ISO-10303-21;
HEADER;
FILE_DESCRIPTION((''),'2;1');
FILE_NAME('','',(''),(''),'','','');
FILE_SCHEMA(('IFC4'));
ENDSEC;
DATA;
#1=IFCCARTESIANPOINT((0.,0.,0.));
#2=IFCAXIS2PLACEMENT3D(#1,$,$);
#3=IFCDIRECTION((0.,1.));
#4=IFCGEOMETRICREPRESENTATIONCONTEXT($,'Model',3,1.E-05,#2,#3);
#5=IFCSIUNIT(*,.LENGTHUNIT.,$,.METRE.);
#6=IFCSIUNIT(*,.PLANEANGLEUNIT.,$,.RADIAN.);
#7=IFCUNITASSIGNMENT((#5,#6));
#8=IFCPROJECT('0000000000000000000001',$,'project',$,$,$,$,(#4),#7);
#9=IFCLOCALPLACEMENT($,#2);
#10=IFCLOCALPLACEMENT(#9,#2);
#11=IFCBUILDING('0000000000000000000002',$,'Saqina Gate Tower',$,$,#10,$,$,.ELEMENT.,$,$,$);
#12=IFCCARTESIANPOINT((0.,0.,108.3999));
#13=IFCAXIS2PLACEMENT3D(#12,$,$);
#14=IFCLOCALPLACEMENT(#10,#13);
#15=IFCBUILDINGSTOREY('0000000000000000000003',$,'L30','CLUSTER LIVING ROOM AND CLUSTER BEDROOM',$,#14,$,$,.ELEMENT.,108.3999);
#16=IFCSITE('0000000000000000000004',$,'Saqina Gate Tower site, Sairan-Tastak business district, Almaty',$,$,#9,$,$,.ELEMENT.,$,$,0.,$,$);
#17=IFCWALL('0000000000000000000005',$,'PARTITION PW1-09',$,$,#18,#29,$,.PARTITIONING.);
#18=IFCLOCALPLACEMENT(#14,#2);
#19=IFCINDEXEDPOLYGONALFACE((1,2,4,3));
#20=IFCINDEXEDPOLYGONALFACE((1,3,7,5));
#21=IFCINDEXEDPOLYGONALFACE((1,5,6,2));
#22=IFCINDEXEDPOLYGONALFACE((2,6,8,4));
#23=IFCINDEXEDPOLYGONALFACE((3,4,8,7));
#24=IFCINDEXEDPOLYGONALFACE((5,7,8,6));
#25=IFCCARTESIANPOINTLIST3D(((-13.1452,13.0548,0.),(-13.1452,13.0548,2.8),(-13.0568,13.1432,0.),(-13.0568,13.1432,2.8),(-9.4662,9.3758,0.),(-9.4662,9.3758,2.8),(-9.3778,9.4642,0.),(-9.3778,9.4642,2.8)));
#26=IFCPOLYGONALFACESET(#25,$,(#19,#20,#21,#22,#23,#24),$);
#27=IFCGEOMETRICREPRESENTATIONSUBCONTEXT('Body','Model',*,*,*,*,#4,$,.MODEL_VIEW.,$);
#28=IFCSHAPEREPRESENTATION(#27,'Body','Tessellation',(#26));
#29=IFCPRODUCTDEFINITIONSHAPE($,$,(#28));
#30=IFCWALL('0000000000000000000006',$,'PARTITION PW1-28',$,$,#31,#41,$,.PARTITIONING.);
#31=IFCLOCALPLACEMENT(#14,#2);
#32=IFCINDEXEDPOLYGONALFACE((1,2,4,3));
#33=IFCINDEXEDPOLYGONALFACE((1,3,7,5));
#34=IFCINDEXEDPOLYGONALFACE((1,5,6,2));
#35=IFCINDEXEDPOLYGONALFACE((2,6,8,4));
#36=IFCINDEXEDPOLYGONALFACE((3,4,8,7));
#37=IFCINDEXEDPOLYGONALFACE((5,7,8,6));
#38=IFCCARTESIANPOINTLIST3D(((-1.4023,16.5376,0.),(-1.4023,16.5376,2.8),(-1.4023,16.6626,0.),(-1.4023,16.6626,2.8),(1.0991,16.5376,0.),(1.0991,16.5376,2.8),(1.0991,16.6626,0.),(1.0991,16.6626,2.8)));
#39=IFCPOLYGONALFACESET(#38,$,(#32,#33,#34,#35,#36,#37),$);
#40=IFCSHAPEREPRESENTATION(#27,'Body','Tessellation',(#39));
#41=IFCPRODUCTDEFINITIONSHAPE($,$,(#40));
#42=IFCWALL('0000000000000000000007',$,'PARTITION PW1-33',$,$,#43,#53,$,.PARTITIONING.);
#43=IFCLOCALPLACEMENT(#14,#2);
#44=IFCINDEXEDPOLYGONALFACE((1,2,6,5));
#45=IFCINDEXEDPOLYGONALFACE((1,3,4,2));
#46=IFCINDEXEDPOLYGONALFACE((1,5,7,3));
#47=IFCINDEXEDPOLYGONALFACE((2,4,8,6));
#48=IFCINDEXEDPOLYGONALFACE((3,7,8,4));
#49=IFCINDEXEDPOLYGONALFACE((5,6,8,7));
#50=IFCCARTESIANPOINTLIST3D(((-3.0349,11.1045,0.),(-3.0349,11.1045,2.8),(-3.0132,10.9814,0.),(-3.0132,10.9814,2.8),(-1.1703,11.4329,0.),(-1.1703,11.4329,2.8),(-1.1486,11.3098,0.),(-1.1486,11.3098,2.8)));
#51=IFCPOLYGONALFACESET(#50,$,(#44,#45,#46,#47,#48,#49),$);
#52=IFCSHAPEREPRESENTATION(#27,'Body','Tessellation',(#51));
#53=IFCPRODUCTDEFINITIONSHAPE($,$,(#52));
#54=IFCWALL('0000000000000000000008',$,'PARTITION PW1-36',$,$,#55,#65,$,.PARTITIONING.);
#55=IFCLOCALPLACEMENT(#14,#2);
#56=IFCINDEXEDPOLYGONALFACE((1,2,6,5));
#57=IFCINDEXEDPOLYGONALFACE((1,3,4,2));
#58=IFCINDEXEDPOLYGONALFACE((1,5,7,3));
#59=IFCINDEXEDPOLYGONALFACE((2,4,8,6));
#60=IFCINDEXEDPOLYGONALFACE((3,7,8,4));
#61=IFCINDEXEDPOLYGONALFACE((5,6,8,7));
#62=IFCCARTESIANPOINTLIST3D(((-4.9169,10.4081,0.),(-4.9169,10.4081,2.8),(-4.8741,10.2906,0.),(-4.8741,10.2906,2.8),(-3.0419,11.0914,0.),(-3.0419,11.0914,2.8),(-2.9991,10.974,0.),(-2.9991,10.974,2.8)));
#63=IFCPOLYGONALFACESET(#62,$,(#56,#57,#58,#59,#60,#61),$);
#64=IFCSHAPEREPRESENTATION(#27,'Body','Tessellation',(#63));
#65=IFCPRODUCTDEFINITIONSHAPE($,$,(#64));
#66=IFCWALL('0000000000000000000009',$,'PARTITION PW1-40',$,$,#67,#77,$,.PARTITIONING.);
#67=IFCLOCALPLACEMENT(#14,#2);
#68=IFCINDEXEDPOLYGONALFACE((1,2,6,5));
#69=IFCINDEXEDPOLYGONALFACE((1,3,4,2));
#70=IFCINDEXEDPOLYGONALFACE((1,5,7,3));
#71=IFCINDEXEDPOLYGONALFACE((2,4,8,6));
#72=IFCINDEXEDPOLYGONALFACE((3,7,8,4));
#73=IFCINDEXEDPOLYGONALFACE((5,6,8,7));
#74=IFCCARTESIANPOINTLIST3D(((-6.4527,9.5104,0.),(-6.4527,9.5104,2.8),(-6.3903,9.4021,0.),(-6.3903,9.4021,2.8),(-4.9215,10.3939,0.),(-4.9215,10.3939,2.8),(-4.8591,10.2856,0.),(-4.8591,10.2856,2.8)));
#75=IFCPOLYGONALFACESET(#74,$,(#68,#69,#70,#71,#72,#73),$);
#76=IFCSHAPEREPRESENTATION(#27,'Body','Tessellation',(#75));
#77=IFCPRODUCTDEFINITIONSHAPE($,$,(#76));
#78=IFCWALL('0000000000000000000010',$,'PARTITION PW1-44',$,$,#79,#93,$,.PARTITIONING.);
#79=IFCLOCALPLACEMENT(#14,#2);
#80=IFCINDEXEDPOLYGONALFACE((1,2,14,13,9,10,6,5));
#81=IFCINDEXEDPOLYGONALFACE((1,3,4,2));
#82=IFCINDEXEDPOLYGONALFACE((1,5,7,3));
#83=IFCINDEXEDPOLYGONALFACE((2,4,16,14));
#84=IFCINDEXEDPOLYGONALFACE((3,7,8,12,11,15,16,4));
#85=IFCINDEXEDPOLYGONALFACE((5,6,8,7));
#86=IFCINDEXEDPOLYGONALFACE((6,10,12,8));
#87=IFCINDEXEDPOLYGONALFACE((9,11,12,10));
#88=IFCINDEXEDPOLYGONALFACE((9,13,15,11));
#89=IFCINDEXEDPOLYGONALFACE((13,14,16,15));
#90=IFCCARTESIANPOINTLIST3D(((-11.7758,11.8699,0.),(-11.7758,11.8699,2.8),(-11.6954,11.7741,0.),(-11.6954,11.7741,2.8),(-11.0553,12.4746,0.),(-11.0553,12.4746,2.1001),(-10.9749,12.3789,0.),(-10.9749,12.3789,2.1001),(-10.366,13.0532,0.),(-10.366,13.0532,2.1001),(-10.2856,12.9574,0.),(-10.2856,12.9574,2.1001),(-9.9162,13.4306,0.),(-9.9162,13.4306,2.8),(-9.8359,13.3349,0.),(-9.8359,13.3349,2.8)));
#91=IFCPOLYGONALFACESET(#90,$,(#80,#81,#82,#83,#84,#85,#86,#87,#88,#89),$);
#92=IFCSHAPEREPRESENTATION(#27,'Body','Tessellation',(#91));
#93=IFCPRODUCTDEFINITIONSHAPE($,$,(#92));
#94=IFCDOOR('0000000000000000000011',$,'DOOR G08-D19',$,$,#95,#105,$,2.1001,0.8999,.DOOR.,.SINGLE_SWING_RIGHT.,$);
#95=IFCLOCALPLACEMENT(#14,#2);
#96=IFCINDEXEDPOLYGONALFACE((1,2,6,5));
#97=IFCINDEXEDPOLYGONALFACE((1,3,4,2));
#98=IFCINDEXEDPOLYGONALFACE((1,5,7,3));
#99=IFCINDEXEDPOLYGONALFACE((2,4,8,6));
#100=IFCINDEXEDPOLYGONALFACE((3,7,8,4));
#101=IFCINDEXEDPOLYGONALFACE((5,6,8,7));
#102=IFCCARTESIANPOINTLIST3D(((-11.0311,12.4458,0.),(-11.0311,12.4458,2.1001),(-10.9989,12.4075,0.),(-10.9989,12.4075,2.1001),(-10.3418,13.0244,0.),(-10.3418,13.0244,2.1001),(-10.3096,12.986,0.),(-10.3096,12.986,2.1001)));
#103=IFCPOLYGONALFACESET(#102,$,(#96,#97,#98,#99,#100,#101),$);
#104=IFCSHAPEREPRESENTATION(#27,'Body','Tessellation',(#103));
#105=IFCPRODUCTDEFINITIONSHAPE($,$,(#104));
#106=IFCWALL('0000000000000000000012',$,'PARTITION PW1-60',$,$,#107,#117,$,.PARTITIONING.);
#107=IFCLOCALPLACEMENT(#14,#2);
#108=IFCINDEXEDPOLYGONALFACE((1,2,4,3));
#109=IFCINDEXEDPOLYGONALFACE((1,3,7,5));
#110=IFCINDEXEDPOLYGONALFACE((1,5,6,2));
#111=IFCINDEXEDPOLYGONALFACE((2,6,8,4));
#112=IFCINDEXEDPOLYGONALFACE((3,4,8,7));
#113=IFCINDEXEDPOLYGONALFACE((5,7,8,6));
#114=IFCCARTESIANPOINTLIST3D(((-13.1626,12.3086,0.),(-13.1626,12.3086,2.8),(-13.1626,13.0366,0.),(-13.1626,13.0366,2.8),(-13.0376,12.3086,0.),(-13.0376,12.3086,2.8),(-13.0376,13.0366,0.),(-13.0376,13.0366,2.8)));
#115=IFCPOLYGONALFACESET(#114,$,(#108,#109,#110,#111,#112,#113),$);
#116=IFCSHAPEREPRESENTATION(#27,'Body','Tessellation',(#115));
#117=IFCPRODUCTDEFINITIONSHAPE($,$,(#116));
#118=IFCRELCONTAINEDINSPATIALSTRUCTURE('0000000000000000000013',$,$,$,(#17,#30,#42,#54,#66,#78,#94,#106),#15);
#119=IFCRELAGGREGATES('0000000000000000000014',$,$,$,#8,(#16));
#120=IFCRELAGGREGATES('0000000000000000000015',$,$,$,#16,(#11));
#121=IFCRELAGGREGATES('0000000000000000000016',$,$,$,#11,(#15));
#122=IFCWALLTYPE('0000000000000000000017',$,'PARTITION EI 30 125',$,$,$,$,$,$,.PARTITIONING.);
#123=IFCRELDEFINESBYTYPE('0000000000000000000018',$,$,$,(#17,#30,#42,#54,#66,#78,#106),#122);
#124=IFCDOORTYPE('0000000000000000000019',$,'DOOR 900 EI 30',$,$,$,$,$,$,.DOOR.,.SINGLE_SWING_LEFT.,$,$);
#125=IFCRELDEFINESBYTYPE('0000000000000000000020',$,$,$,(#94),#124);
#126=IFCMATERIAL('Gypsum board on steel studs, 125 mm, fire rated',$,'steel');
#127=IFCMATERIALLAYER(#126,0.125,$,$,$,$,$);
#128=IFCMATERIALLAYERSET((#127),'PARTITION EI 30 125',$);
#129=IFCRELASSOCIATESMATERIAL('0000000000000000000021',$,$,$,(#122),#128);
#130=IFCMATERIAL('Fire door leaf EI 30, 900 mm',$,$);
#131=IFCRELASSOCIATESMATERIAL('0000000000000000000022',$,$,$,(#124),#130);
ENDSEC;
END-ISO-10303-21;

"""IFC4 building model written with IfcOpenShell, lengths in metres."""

from ifc_helpers import new_model, si_unit, direction, frame, frame_2d, origin, place, context, subcontext, project, spatial, rectangle, extrude, material, layer, layer_set, type_object, element, fill, save


model = new_model("IFC4")

# Units and contexts
model_context = context("Model", 3, precision=1e-05, world=origin(), true_north=direction((0.0, 1.0)))
body_context = subcontext(model_context, "Body", "Model", "MODEL_VIEW")
ifc_project = project(units=[si_unit("LENGTHUNIT", "METRE"), si_unit("PLANEANGLEUNIT", "RADIAN")], contexts=[model_context])

# Site, building, storey
site_placement = place(None, origin())
site = spatial("IfcSite", under=ifc_project, at=site_placement, Name="Saqina Gate Tower site, Sairan-Tastak business district, Almaty", CompositionType="ELEMENT", RefElevation=0.0)
building_placement = place(site_placement, origin())
building = spatial("IfcBuilding", under=site, at=building_placement, Name="Saqina Gate Tower", CompositionType="ELEMENT")
storey_placement = place(building_placement, frame((0.0, 0.0, 108.3999)))
storey = spatial("IfcBuildingStorey", under=building, at=storey_placement, Name="L30", Description="CLUSTER LIVING ROOM AND CLUSTER BEDROOM", CompositionType="ELEMENT", Elevation=108.3999)

# Shared definitions
ifc_material_1 = material(Name="Gypsum board on steel studs, 125 mm, fire rated", Category="steel")
ifc_layer_1 = layer(ifc_material_1, 0.125)
ifc_layer_set_1 = layer_set([ifc_layer_1], Name="PARTITION EI 30 125")
wall_type_1 = type_object("IfcWallType", Name="PARTITION EI 30 125", PredefinedType="PARTITIONING", material=ifc_layer_set_1)

# Walls
wall_1_placement = place(storey_placement, frame((-13.1011, 13.0991, 0.0), z_axis=(0.0, 0.0, 1.0), x_axis=(0.707107, -0.707107, 0.0)))
element("IfcWall", 1, at=wall_1_placement, inside=storey, type_object=wall_type_1, Name="PARTITION PW1-09", PredefinedType="PARTITIONING", context=body_context, shape_type="SweptSolid", body=[
    extrude(rectangle(XDim=5.2029, YDim=0.125, at=frame_2d((2.6016, 0.0))), origin(), (0.0, 0.0, 1.0), 2.8),
])
wall_2_placement = place(storey_placement, frame((-1.4023, 16.6001, 0.0), z_axis=(0.0, 0.0, 1.0), x_axis=(1.0, 0.0, 0.0)))
element("IfcWall", 2, at=wall_2_placement, inside=storey, type_object=wall_type_1, Name="PARTITION PW1-28", PredefinedType="PARTITIONING", context=body_context, shape_type="SweptSolid", body=[
    extrude(rectangle(XDim=2.5015, YDim=0.125, at=frame_2d((1.2507, 0.0))), origin(), (0.0, 0.0, 1.0), 2.8),
])
wall_3_placement = place(storey_placement, frame((-3.0242, 11.043, 0.0), z_axis=(0.0, 0.0, 1.0), x_axis=(0.984843, 0.173447, 0.0)))
element("IfcWall", 3, at=wall_3_placement, inside=storey, type_object=wall_type_1, Name="PARTITION PW1-33", PredefinedType="PARTITIONING", context=body_context, shape_type="SweptSolid", body=[
    extrude(rectangle(XDim=1.8933, YDim=0.125, at=frame_2d((0.9468, 0.0))), origin(), (0.0, 0.0, 1.0), 2.8),
])
wall_4_placement = place(storey_placement, frame((-4.8955, 10.3494, 0.0), z_axis=(0.0, 0.0, 1.0), x_axis=(0.939547, 0.342421, 0.0)))
element("IfcWall", 4, at=wall_4_placement, inside=storey, type_object=wall_type_1, Name="PARTITION PW1-36", PredefinedType="PARTITIONING", context=body_context, shape_type="SweptSolid", body=[
    extrude(rectangle(XDim=1.9956, YDim=0.125, at=frame_2d((0.9978, 0.0))), origin(), (0.0, 0.0, 1.0), 2.8),
])
wall_5_placement = place(storey_placement, frame((-6.4214, 9.4563, 0.0), z_axis=(0.0, 0.0, 1.0), x_axis=(0.866153, 0.499778, 0.0)))
element("IfcWall", 5, at=wall_5_placement, inside=storey, type_object=wall_type_1, Name="PARTITION PW1-40", PredefinedType="PARTITIONING", context=body_context, shape_type="SweptSolid", body=[
    extrude(rectangle(XDim=1.7678, YDim=0.125, at=frame_2d((0.8838, 0.0))), origin(), (0.0, 0.0, 1.0), 2.8),
])

# Wall, opening, door
wall_6_placement = place(storey_placement, frame((-11.7356, 11.822, 0.0), z_axis=(0.0, 0.0, 1.0), x_axis=(0.765966, 0.642881, 0.0)))
wall_6 = element("IfcWall", 6, at=wall_6_placement, inside=storey, type_object=wall_type_1, Name="PARTITION PW1-44", PredefinedType="PARTITIONING", context=body_context, shape_type="SweptSolid", body=[
    extrude(rectangle(XDim=2.4277, YDim=0.125, at=frame_2d((1.2139, 0.0))), origin(), (0.0, 0.0, 1.0), 2.8),
])
opening_1_placement = place(wall_6_placement, frame((0.9407, 0.0, 0.0)))
opening_1 = element("IfcOpeningElement", 7, at=opening_1_placement, cuts=wall_6, PredefinedType="OPENING", context=body_context, shape_type="SweptSolid", body=[
    extrude(rectangle(XDim=0.8999, YDim=2.1001, at=frame_2d((0.45, 1.05))), frame((0.0, 0.0745, 0.0), z_axis=(0.0, -1.0, 0.0), x_axis=(1.0, 0.0, 0.0)), (0.0, 0.0, 1.0), 0.1489),
])
ifc_material_2 = material(Name="Fire door leaf EI 30, 900 mm")
door_type_1 = type_object("IfcDoorType", Name="DOOR 900 EI 30", OperationType="SINGLE_SWING_LEFT", PredefinedType="DOOR", material=ifc_material_2)
door_1_placement = place(opening_1_placement, origin())
door_1 = element("IfcDoor", 8, at=door_1_placement, inside=storey, type_object=door_type_1, Name="DOOR G08-D19", OperationType="SINGLE_SWING_RIGHT", OverallHeight=2.1001, OverallWidth=0.8999, PredefinedType="DOOR", context=body_context, shape_type="SweptSolid", body=[
    extrude(rectangle(XDim=0.8999, YDim=2.1001, at=frame_2d((0.45, 1.05))), frame((0.0, 0.0249, 0.0), z_axis=(0.0, -1.0, 0.0), x_axis=(1.0, 0.0, 0.0)), (0.0, 0.0, 1.0), 0.05),
])
fill(opening_1, door_1)

# Wall
wall_7_placement = place(storey_placement, frame((-13.1001, 12.3086, 0.0), z_axis=(0.0, 0.0, 1.0), x_axis=(0.0, 1.0, 0.0)))
element("IfcWall", 9, at=wall_7_placement, inside=storey, type_object=wall_type_1, Name="PARTITION PW1-60", PredefinedType="PARTITIONING", context=body_context, shape_type="SweptSolid", body=[
    extrude(rectangle(XDim=0.728, YDim=0.125, at=frame_2d((0.364, 0.0))), origin(), (0.0, 0.0, 1.0), 2.8),
])

save(model, "model.ifc")
